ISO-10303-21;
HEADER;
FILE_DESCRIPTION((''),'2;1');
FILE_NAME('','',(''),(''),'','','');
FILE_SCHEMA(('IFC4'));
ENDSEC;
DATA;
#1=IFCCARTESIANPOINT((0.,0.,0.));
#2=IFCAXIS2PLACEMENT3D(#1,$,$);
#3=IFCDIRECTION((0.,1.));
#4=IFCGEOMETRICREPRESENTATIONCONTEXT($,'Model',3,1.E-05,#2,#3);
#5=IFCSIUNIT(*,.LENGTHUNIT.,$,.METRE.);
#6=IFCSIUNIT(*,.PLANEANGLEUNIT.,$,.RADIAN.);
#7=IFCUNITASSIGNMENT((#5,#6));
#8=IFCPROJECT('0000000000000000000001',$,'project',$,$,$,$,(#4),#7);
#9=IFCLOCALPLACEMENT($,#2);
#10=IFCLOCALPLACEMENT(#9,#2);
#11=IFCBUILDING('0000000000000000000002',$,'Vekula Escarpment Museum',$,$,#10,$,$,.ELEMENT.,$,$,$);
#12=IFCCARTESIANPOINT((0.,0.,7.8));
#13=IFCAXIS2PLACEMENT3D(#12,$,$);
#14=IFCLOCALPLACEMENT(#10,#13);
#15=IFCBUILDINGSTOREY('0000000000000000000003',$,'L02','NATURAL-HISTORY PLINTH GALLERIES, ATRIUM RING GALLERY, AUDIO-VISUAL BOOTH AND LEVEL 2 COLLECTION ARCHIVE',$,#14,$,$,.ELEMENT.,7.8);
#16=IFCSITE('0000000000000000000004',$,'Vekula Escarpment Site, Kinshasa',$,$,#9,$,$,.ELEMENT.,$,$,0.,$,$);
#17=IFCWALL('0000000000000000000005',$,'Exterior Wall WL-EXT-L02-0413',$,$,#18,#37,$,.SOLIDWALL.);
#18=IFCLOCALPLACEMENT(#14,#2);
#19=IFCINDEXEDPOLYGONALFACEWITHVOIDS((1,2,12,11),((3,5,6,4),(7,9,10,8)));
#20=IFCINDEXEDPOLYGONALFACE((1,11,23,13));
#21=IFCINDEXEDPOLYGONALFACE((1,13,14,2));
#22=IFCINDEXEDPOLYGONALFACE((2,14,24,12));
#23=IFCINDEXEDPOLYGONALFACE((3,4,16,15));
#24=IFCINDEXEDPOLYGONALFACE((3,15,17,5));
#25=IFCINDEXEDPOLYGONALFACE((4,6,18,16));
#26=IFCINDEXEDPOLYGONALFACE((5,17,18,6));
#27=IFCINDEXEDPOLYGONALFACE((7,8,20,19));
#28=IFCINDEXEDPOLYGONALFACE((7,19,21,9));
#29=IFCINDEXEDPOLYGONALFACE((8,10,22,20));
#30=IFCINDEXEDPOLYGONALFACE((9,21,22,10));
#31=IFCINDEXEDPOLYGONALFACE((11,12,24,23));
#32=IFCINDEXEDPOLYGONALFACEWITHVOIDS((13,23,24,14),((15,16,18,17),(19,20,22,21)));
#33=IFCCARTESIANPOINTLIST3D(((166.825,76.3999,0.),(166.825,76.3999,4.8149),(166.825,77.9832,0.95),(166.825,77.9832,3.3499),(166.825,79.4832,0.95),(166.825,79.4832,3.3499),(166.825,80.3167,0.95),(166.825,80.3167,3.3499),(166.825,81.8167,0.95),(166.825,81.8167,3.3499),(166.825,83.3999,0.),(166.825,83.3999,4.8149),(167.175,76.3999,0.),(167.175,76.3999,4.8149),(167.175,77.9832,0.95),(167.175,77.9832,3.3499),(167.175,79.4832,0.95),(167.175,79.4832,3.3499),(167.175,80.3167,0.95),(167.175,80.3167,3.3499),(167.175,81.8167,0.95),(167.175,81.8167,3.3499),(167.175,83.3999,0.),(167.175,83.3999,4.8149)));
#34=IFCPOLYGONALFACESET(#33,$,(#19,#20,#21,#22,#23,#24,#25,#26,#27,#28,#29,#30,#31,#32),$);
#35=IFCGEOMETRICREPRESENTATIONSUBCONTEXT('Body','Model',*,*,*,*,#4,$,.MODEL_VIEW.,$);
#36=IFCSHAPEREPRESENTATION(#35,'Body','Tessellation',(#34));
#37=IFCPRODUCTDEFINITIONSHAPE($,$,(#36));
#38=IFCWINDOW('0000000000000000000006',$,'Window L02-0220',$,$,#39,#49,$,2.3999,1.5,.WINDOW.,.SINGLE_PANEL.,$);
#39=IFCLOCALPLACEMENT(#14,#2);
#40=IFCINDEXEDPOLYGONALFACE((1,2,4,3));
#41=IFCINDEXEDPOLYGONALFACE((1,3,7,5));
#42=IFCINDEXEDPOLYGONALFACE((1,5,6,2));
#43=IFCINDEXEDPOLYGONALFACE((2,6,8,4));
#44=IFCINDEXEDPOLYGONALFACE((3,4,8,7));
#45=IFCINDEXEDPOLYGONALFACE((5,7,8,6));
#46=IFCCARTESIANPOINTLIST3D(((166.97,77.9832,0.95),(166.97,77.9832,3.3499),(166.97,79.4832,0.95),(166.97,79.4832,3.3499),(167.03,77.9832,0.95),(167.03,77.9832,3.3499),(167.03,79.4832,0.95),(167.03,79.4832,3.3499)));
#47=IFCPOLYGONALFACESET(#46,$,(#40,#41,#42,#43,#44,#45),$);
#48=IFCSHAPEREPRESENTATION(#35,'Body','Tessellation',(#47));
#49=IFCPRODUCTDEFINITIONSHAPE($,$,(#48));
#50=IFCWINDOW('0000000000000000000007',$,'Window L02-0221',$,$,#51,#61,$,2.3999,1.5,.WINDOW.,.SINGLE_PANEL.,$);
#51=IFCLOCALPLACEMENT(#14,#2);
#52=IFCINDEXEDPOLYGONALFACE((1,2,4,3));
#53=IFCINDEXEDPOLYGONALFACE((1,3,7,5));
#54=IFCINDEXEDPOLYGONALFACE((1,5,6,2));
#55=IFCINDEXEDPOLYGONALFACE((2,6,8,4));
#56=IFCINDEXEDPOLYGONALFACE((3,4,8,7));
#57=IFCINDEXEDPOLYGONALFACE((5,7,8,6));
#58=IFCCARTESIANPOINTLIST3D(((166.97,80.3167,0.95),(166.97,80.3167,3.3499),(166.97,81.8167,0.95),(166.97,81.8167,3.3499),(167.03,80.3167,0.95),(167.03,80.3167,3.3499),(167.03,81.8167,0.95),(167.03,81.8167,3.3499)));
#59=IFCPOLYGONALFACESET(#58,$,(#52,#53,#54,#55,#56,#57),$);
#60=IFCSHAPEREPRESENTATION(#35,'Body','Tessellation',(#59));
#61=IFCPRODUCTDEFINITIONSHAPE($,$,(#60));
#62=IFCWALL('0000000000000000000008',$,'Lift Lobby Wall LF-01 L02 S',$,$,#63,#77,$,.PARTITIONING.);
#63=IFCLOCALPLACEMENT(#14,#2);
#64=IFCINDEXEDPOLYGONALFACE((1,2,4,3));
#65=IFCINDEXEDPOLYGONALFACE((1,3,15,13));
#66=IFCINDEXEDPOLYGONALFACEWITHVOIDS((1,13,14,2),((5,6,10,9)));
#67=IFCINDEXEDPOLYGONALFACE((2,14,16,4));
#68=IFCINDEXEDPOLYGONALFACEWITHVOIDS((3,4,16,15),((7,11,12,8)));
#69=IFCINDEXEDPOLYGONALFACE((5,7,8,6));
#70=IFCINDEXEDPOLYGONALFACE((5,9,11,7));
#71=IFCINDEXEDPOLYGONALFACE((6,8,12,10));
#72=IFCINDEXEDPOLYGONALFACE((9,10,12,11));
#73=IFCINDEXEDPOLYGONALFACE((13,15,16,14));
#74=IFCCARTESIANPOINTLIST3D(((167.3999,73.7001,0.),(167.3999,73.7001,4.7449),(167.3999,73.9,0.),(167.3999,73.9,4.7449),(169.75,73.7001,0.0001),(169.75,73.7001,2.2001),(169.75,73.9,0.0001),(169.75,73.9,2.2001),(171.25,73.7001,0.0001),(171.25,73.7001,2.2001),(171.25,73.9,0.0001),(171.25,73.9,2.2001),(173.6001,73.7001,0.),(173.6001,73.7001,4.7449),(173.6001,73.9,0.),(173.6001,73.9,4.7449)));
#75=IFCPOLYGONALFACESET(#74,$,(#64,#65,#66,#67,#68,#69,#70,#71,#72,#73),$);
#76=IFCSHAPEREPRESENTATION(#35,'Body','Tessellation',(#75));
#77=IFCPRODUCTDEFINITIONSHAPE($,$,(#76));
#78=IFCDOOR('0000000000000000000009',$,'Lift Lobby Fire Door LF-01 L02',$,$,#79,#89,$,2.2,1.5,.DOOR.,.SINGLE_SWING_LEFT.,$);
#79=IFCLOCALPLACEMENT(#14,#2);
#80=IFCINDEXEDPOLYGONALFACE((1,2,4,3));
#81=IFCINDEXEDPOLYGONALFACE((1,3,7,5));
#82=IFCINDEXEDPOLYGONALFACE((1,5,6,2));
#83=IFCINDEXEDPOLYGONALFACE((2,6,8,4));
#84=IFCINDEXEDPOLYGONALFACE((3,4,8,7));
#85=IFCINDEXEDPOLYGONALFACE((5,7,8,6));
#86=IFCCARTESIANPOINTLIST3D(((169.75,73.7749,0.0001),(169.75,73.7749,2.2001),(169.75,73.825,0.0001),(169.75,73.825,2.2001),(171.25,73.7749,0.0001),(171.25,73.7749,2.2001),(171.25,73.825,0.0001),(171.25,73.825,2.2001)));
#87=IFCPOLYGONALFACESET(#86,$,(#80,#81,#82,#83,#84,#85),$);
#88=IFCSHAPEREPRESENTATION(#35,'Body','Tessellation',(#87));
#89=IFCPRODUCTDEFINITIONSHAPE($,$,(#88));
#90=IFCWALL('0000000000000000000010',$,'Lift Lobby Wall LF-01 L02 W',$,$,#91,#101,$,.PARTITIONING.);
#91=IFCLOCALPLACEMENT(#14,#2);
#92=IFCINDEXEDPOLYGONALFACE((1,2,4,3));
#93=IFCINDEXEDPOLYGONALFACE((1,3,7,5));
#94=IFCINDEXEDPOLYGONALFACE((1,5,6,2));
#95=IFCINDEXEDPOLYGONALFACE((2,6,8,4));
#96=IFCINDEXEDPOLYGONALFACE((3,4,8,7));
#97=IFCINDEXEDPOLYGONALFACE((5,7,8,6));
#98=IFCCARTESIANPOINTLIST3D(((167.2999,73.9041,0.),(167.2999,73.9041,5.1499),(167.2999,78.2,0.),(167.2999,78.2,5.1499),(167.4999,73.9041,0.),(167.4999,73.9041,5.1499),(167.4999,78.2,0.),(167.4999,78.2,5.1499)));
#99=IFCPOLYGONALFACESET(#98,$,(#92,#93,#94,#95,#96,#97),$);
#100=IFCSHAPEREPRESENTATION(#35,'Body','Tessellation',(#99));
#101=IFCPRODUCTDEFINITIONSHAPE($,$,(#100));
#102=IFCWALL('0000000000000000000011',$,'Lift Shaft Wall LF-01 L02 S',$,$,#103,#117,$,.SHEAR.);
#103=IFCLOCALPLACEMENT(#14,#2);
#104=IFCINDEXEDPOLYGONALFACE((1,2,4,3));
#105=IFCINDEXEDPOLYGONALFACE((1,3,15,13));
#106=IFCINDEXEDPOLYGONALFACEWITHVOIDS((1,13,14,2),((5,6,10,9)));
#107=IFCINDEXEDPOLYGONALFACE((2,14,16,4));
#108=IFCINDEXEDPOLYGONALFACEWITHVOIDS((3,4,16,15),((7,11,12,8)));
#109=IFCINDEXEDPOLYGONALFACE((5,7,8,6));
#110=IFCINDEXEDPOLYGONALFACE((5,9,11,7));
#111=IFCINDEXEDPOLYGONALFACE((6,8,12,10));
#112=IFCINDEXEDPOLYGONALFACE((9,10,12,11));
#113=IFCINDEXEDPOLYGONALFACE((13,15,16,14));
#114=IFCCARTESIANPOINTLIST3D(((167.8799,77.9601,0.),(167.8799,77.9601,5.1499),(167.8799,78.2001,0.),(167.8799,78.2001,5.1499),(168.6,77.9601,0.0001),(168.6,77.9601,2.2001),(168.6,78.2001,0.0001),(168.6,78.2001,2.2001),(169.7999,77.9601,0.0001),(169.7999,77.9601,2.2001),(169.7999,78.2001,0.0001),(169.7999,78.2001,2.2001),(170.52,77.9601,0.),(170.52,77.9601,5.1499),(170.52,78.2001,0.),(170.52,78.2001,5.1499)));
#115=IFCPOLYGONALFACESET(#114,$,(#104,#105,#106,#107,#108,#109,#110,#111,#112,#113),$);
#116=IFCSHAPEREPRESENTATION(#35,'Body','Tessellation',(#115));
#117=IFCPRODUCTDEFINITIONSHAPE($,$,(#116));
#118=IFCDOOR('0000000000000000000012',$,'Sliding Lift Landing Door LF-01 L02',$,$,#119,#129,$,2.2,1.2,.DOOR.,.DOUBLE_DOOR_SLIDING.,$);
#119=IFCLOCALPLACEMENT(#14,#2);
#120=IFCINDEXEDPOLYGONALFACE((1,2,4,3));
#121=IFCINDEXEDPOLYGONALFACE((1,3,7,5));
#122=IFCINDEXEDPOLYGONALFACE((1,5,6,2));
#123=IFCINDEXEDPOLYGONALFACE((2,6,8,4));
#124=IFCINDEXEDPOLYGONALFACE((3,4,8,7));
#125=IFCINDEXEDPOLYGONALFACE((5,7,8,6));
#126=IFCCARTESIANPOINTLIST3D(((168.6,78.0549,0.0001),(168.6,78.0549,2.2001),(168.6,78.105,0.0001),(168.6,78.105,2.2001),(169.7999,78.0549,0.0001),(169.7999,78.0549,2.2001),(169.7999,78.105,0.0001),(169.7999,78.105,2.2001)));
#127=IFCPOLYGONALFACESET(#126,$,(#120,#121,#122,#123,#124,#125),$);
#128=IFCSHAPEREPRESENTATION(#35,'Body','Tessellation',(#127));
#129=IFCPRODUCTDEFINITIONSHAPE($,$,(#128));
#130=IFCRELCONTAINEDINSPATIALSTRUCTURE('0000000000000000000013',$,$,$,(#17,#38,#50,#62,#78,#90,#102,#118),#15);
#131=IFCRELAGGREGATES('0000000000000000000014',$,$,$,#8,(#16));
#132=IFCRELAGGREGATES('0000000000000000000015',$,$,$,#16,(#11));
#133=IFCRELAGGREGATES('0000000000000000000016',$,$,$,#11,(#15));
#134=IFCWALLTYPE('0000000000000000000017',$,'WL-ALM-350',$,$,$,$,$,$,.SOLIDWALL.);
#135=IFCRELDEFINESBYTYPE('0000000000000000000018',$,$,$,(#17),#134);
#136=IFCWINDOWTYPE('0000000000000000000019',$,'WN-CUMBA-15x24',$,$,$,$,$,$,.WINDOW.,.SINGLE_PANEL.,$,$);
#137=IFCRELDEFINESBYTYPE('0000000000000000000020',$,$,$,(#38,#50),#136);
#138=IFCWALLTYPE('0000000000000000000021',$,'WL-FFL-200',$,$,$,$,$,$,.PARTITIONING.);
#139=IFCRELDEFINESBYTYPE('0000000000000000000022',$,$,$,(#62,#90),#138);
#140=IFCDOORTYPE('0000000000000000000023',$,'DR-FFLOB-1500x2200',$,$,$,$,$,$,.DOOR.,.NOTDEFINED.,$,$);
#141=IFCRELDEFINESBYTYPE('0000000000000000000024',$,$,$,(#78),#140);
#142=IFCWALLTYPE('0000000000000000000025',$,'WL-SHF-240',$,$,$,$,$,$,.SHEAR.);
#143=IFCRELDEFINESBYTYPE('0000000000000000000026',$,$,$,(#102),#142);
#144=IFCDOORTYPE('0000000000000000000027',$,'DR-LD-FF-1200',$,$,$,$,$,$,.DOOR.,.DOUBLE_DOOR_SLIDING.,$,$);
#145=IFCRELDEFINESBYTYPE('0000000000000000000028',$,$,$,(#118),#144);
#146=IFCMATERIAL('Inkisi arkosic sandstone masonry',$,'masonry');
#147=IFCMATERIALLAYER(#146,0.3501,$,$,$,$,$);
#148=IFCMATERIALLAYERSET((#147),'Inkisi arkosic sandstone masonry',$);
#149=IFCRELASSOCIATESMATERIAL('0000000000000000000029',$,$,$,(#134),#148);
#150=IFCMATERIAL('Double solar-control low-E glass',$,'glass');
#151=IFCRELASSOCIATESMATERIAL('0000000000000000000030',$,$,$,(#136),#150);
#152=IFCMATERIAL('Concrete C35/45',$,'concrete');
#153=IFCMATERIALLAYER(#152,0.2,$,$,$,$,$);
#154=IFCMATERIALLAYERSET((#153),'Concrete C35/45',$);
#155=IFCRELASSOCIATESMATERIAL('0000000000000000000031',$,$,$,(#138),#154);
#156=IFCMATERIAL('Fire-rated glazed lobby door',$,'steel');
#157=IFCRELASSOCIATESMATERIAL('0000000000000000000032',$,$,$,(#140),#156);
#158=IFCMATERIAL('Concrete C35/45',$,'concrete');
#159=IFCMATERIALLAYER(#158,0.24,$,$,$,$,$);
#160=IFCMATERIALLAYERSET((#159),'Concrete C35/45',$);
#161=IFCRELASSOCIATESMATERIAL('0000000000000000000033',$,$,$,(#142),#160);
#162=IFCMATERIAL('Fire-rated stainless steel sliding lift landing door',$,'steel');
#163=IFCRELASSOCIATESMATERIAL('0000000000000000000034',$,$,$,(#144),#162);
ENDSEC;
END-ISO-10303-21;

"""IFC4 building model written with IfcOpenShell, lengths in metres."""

from ifc_helpers import new_model, si_unit, direction, frame, frame_2d, origin, place, context, subcontext, project, spatial, rectangle, extrude, material, layer, layer_set, type_object, element, fill, save


model = new_model("IFC4")

# Units and contexts
model_context = context("Model", 3, precision=1e-05, world=origin(), true_north=direction((0.0, 1.0)))
body_context = subcontext(model_context, "Body", "Model", "MODEL_VIEW")
ifc_project = project(units=[si_unit("LENGTHUNIT", "METRE"), si_unit("PLANEANGLEUNIT", "RADIAN")], contexts=[model_context])

# Site, building, storey
site_placement = place(None, origin())
site = spatial("IfcSite", under=ifc_project, at=site_placement, Name="Vekula Escarpment Site, Kinshasa", CompositionType="ELEMENT", RefElevation=0.0)
building_placement = place(site_placement, origin())
building = spatial("IfcBuilding", under=site, at=building_placement, Name="Vekula Escarpment Museum", CompositionType="ELEMENT")
storey_placement = place(building_placement, frame((0.0, 0.0, 7.8)))
storey = spatial("IfcBuildingStorey", under=building, at=storey_placement, Name="L02", Description="NATURAL-HISTORY PLINTH GALLERIES, ATRIUM RING GALLERY, AUDIO-VISUAL BOOTH AND LEVEL 2 COLLECTION ARCHIVE", CompositionType="ELEMENT", Elevation=7.8)

# Wall, openings, windows
ifc_material_1 = material(Name="Inkisi arkosic sandstone masonry", Category="masonry")
ifc_layer_1 = layer(ifc_material_1, 0.3501)
ifc_layer_set_1 = layer_set([ifc_layer_1], Name="Inkisi arkosic sandstone masonry")
wall_type_1 = type_object("IfcWallType", Name="WL-ALM-350", PredefinedType="SOLIDWALL", material=ifc_layer_set_1)
wall_1_placement = place(storey_placement, frame((167.0, 76.3999, 0.0), z_axis=(0.0, 0.0, 1.0), x_axis=(0.0, 1.0, 0.0)))
wall_1 = element("IfcWall", 1, at=wall_1_placement, inside=storey, type_object=wall_type_1, Name="Exterior Wall WL-EXT-L02-0413", PredefinedType="SOLIDWALL", context=body_context, shape_type="SweptSolid", body=[
    extrude(rectangle(XDim=7.0, YDim=0.3501, at=frame_2d((3.5, 0.0))), origin(), (0.0, 0.0, 1.0), 4.8149),
])
opening_1_placement = place(wall_1_placement, frame((1.5833, 0.0, 0.95)))
opening_1 = element("IfcOpeningElement", 2, at=opening_1_placement, cuts=wall_1, PredefinedType="OPENING", context=body_context, shape_type="SweptSolid", body=[
    extrude(rectangle(XDim=1.5, YDim=2.3999, at=frame_2d((0.75, 1.2))), frame((0.0, 0.1851, 0.0), z_axis=(0.0, -1.0, 0.0), x_axis=(1.0, 0.0, 0.0)), (0.0, 0.0, 1.0), 0.3701),
])
opening_2_placement = place(wall_1_placement, frame((3.9167, 0.0, 0.95)))
opening_2 = element("IfcOpeningElement", 3, at=opening_2_placement, cuts=wall_1, PredefinedType="OPENING", context=body_context, shape_type="SweptSolid", body=[
    extrude(rectangle(XDim=1.5, YDim=2.3999, at=frame_2d((0.75, 1.2))), frame((0.0, 0.1851, 0.0), z_axis=(0.0, -1.0, 0.0), x_axis=(1.0, 0.0, 0.0)), (0.0, 0.0, 1.0), 0.3701),
])
ifc_material_2 = material(Name="Double solar-control low-E glass", Category="glass")
window_type = type_object("IfcWindowType", Name="WN-CUMBA-15x24", PartitioningType="SINGLE_PANEL", PredefinedType="WINDOW", material=ifc_material_2)
window_1_placement = place(opening_1_placement, origin())
window_1 = element("IfcWindow", 4, at=window_1_placement, inside=storey, type_object=window_type, Name="Window L02-0220", OverallHeight=2.3999, OverallWidth=1.5, PartitioningType="SINGLE_PANEL", PredefinedType="WINDOW", context=body_context, shape_type="SweptSolid", body=[
    extrude(rectangle(XDim=1.5, YDim=2.3999, at=frame_2d((0.75, 1.2))), frame((0.0, 0.03, 0.0), z_axis=(0.0, -1.0, 0.0), x_axis=(1.0, 0.0, 0.0)), (0.0, 0.0, 1.0), 0.0601),
])
fill(opening_1, window_1)
window_2_placement = place(opening_2_placement, origin())
window_2 = element("IfcWindow", 5, at=window_2_placement, inside=storey, type_object=window_type, Name="Window L02-0221", OverallHeight=2.3999, OverallWidth=1.5, PartitioningType="SINGLE_PANEL", PredefinedType="WINDOW", context=body_context, shape_type="SweptSolid", body=[
    extrude(rectangle(XDim=1.5, YDim=2.3999, at=frame_2d((0.75, 1.2))), frame((0.0, 0.03, 0.0), z_axis=(0.0, -1.0, 0.0), x_axis=(1.0, 0.0, 0.0)), (0.0, 0.0, 1.0), 0.0601),
])
fill(opening_2, window_2)

# Wall, opening, door
ifc_material_3 = material(Name="Concrete C35/45", Category="concrete")
ifc_layer_2 = layer(ifc_material_3, 0.2)
ifc_layer_set_2 = layer_set([ifc_layer_2], Name="Concrete C35/45")
wall_type_2 = type_object("IfcWallType", Name="WL-FFL-200", PredefinedType="PARTITIONING", material=ifc_layer_set_2)
wall_2_placement = place(storey_placement, frame((167.3999, 73.8, 0.0), z_axis=(0.0, 0.0, 1.0), x_axis=(1.0, 0.0, 0.0)))
wall_2 = element("IfcWall", 6, at=wall_2_placement, inside=storey, type_object=wall_type_2, Name="Lift Lobby Wall LF-01 L02 S", PredefinedType="PARTITIONING", context=body_context, shape_type="SweptSolid", body=[
    extrude(rectangle(XDim=6.2002, YDim=0.2, at=frame_2d((3.1001, 0.0))), origin(), (0.0, 0.0, 1.0), 4.7449),
])
opening_3_placement = place(wall_2_placement, frame((2.3501, 0.0, 0.0)))
opening_3 = element("IfcOpeningElement", 7, at=opening_3_placement, cuts=wall_2, PredefinedType="OPENING", context=body_context, shape_type="SweptSolid", body=[
    extrude(rectangle(XDim=1.5, YDim=2.2, at=frame_2d((0.75, 1.1001))), frame((0.0, 0.1099, 0.0), z_axis=(0.0, -1.0, 0.0), x_axis=(1.0, 0.0, 0.0)), (0.0, 0.0, 1.0), 0.22),
])
ifc_material_4 = material(Name="Fire-rated glazed lobby door", Category="steel")
door_type_1 = type_object("IfcDoorType", Name="DR-FFLOB-1500x2200", OperationType="NOTDEFINED", PredefinedType="DOOR", material=ifc_material_4)
door_1_placement = place(opening_3_placement, origin())
door_1 = element("IfcDoor", 8, at=door_1_placement, inside=storey, type_object=door_type_1, Name="Lift Lobby Fire Door LF-01 L02", OperationType="SINGLE_SWING_LEFT", OverallHeight=2.2, OverallWidth=1.5, PredefinedType="DOOR", context=body_context, shape_type="SweptSolid", body=[
    extrude(rectangle(XDim=1.5, YDim=2.2, at=frame_2d((0.75, 1.1001))), frame((0.0, 0.0249, 0.0), z_axis=(0.0, -1.0, 0.0), x_axis=(1.0, 0.0, 0.0)), (0.0, 0.0, 1.0), 0.05),
])
fill(opening_3, door_1)

# Wall
wall_3_placement = place(storey_placement, frame((167.3999, 73.9041, 0.0), z_axis=(0.0, 0.0, 1.0), x_axis=(0.0, 1.0, 0.0)))
element("IfcWall", 9, at=wall_3_placement, inside=storey, type_object=wall_type_2, Name="Lift Lobby Wall LF-01 L02 W", PredefinedType="PARTITIONING", context=body_context, shape_type="SweptSolid", body=[
    extrude(rectangle(XDim=4.2959, YDim=0.2, at=frame_2d((2.1479, 0.0))), origin(), (0.0, 0.0, 1.0), 5.1499),
])

# Wall, opening, door
ifc_material_5 = material(Name="Concrete C35/45", Category="concrete")
ifc_layer_3 = layer(ifc_material_5, 0.24)
ifc_layer_set_3 = layer_set([ifc_layer_3], Name="Concrete C35/45")
wall_type_3 = type_object("IfcWallType", Name="WL-SHF-240", PredefinedType="SHEAR", material=ifc_layer_set_3)
wall_4_placement = place(storey_placement, frame((167.8799, 78.0801, 0.0), z_axis=(0.0, 0.0, 1.0), x_axis=(1.0, 0.0, 0.0)))
wall_4 = element("IfcWall", 10, at=wall_4_placement, inside=storey, type_object=wall_type_3, Name="Lift Shaft Wall LF-01 L02 S", PredefinedType="SHEAR", context=body_context, shape_type="SweptSolid", body=[
    extrude(rectangle(XDim=2.6401, YDim=0.24, at=frame_2d((1.3201, 0.0))), origin(), (0.0, 0.0, 1.0), 5.1499),
])
opening_4_placement = place(wall_4_placement, frame((0.72, 0.0, 0.0)))
opening_4 = element("IfcOpeningElement", 11, at=opening_4_placement, cuts=wall_4, PredefinedType="OPENING", context=body_context, shape_type="SweptSolid", body=[
    extrude(rectangle(XDim=1.2, YDim=2.2, at=frame_2d((0.6001, 1.1001))), frame((0.0, 0.1299, 0.0), z_axis=(0.0, -1.0, 0.0), x_axis=(1.0, 0.0, 0.0)), (0.0, 0.0, 1.0), 0.26),
])
ifc_material_6 = material(Name="Fire-rated stainless steel sliding lift landing door", Category="steel")
door_type_2 = type_object("IfcDoorType", Name="DR-LD-FF-1200", OperationType="DOUBLE_DOOR_SLIDING", PredefinedType="DOOR", material=ifc_material_6)
door_2_placement = place(opening_4_placement, origin())
door_2 = element("IfcDoor", 12, at=door_2_placement, inside=storey, type_object=door_type_2, Name="Sliding Lift Landing Door LF-01 L02", OperationType="DOUBLE_DOOR_SLIDING", OverallHeight=2.2, OverallWidth=1.2, PredefinedType="DOOR", context=body_context, shape_type="SweptSolid", body=[
    extrude(rectangle(XDim=1.2, YDim=2.2, at=frame_2d((0.6001, 1.1001))), frame((0.0, 0.0249, 0.0), z_axis=(0.0, -1.0, 0.0), x_axis=(1.0, 0.0, 0.0)), (0.0, 0.0, 1.0), 0.05),
])
fill(opening_4, door_2)

save(model, "model.ifc")
